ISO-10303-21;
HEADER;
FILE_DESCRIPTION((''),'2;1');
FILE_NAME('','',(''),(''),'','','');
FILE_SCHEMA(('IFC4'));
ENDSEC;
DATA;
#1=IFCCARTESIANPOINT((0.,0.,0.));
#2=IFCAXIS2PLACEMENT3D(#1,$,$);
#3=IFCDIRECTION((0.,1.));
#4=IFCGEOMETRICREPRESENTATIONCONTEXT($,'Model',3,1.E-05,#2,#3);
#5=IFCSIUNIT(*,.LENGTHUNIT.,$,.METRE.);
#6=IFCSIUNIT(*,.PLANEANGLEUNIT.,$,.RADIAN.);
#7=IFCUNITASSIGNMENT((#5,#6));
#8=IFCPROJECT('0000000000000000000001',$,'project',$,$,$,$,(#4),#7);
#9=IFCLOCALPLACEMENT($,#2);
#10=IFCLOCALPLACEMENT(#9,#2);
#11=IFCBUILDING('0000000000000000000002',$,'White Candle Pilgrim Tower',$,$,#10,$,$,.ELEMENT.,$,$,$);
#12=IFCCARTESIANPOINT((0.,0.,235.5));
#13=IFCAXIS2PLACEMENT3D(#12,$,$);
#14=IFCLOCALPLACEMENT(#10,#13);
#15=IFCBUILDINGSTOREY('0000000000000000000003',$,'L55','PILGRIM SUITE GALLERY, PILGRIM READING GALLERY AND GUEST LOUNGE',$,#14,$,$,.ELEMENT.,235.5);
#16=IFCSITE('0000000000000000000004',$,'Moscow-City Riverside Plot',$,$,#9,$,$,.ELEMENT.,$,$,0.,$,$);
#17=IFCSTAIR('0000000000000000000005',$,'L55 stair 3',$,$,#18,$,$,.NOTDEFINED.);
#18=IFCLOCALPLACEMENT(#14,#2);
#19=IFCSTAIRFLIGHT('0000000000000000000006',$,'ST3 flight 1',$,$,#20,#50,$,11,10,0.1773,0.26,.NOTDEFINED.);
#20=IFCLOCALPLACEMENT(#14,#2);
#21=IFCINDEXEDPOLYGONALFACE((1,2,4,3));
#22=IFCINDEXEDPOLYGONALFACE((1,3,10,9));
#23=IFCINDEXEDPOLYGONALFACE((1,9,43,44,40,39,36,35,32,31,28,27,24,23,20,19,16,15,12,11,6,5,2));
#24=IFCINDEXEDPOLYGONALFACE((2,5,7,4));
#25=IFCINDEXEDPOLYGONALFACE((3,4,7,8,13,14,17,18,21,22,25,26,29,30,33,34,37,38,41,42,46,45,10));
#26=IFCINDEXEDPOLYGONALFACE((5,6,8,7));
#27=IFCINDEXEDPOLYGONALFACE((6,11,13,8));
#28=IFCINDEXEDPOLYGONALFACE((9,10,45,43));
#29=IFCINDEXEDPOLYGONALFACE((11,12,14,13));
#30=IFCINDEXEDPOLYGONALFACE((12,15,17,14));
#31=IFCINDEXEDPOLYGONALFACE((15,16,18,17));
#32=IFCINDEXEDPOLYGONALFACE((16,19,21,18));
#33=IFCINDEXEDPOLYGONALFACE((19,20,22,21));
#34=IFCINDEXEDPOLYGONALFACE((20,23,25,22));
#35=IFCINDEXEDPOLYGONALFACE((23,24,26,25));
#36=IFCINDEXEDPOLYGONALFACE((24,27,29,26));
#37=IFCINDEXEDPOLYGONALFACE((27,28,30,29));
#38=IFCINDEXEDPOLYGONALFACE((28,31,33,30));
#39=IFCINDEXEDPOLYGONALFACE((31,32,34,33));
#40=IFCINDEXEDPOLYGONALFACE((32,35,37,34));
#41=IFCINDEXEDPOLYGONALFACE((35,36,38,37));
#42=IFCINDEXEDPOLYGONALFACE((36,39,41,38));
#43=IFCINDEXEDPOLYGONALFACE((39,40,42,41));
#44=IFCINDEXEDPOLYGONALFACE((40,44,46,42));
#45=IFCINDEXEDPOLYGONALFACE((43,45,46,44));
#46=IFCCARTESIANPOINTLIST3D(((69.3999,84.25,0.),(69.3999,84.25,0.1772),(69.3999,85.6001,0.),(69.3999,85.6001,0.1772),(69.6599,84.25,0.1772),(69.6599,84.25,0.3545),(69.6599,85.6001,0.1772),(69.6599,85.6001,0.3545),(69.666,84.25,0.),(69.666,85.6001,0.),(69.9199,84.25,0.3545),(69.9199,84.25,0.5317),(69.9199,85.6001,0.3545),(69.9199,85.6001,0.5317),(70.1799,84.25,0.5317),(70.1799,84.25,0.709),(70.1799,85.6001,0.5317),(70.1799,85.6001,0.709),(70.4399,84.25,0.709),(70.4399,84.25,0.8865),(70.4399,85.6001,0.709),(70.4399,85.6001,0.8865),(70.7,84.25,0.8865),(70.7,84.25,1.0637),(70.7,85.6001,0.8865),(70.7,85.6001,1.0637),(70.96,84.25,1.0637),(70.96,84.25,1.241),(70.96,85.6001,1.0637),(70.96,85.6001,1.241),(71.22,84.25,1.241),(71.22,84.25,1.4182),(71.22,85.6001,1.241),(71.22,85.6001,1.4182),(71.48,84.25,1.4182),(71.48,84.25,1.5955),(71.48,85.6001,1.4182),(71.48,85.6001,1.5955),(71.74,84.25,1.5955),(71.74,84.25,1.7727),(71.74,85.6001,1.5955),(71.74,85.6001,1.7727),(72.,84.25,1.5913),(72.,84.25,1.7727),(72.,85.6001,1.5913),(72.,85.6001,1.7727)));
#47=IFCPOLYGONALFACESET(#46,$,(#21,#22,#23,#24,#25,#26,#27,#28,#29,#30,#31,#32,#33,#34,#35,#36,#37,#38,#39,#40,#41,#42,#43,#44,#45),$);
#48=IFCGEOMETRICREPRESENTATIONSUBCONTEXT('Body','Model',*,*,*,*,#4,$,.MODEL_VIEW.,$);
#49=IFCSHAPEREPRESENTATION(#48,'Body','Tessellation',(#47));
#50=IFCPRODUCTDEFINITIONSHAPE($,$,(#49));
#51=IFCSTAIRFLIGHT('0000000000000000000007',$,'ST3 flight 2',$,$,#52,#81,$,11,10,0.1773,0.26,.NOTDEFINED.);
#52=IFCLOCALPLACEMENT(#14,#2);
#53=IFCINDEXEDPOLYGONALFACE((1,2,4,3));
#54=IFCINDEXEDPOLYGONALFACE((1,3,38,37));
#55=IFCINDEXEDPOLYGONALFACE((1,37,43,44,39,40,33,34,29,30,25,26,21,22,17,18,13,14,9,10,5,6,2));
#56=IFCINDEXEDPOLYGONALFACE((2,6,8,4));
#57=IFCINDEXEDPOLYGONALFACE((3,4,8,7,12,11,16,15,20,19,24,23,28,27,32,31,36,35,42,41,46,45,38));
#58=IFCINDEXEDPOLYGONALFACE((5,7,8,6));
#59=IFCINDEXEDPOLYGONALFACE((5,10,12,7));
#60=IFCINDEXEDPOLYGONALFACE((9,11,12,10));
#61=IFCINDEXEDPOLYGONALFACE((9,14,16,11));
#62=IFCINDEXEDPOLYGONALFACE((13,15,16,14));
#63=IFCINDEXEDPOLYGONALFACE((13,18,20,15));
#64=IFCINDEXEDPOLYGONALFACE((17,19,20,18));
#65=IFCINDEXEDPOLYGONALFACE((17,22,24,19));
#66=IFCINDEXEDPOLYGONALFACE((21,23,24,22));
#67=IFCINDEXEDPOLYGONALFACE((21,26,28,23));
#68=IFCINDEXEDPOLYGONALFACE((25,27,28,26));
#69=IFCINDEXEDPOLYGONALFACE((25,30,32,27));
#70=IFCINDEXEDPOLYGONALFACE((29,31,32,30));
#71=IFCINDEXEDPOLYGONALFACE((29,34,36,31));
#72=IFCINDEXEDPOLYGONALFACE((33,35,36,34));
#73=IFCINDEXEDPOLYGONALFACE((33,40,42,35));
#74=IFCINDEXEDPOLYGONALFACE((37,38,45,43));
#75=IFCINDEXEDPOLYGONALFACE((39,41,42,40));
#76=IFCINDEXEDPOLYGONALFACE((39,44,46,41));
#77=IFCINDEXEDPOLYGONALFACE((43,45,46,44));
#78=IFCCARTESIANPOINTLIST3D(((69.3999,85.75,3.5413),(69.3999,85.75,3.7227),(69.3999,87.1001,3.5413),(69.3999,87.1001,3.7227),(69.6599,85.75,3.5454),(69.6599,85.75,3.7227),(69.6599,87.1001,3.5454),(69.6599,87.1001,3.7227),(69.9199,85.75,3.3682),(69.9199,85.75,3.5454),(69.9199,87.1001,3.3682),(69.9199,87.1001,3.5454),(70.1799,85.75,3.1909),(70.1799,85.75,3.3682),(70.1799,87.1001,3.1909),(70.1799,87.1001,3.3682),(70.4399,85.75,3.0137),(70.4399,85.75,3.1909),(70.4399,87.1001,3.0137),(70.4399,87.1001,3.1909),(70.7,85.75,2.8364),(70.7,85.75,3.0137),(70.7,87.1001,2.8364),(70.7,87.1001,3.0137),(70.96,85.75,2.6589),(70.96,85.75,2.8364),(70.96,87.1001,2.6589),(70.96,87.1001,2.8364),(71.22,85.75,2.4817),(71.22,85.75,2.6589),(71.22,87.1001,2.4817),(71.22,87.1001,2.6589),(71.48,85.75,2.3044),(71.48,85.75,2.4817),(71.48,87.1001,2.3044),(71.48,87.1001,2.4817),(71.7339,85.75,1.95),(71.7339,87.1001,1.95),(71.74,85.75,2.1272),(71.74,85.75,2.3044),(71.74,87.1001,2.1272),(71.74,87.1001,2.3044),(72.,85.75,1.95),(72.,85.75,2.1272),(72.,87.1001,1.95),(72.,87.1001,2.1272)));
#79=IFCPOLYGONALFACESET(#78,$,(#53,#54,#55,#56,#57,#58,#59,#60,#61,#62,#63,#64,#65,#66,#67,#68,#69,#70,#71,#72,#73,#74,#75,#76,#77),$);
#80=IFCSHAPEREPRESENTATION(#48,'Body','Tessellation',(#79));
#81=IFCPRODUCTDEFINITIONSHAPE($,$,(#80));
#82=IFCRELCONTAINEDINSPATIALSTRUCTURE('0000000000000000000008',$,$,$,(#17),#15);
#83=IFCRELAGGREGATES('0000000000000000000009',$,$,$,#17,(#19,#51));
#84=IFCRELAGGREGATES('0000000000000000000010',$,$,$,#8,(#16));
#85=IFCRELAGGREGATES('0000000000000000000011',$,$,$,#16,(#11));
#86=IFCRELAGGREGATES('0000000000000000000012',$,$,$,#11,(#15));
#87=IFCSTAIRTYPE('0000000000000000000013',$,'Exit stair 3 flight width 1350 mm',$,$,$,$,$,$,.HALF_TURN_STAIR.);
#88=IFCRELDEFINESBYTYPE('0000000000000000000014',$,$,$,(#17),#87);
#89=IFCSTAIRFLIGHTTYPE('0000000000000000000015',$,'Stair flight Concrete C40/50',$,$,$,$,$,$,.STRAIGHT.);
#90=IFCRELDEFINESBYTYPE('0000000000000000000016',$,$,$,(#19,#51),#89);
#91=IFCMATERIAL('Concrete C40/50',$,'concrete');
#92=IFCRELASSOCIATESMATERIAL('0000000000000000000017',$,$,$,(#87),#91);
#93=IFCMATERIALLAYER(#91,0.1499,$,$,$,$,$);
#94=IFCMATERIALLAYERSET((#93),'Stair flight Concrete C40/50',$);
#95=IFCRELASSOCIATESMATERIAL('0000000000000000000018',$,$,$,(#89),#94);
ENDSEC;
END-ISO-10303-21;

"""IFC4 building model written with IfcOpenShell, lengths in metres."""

from ifc_helpers import new_model, si_unit, direction, frame, origin, place, context, subcontext, project, spatial, polyline, outline, extrude, material, layer, layer_set, type_object, element, aggregate, save


model = new_model("IFC4")

# Units and contexts
model_context = context("Model", 3, precision=1e-05, world=origin(), true_north=direction((0.0, 1.0)))
body_context = subcontext(model_context, "Body", "Model", "MODEL_VIEW")
ifc_project = project(units=[si_unit("LENGTHUNIT", "METRE"), si_unit("PLANEANGLEUNIT", "RADIAN")], contexts=[model_context])

# Site, building, storey
site_placement = place(None, origin())
site = spatial("IfcSite", under=ifc_project, at=site_placement, Name="Moscow-City Riverside Plot", CompositionType="ELEMENT", RefElevation=0.0)
building_placement = place(site_placement, origin())
building = spatial("IfcBuilding", under=site, at=building_placement, Name="White Candle Pilgrim Tower", CompositionType="ELEMENT")
storey_placement = place(building_placement, frame((0.0, 0.0, 235.5)))
storey = spatial("IfcBuildingStorey", under=building, at=storey_placement, Name="L55", Description="PILGRIM SUITE GALLERY, PILGRIM READING GALLERY AND GUEST LOUNGE", CompositionType="ELEMENT", Elevation=235.5)

# Stair, stair flights
ifc_material_1 = material(Name="Concrete C40/50", Category="concrete")
stair_type = type_object("IfcStairType", Name="Exit stair 3 flight width 1350 mm", PredefinedType="HALF_TURN_STAIR", material=ifc_material_1)
stair_placement = place(storey_placement, origin())
stair = element("IfcStair", 1, at=stair_placement, inside=storey, type_object=stair_type, Name="L55 stair 3", PredefinedType="NOTDEFINED")
ifc_layer_1 = layer(ifc_material_1, 0.1499)
ifc_layer_set_1 = layer_set([ifc_layer_1], Name="Stair flight Concrete C40/50")
stair_flight_type = type_object("IfcStairFlightType", Name="Stair flight Concrete C40/50", PredefinedType="STRAIGHT", material=ifc_layer_set_1)
stair_flight_1_placement = place(storey_placement, frame((69.3999, 84.925, 0.0), z_axis=(0.0, 0.0, 1.0), x_axis=(1.0, 0.0, 0.0)))
stair_flight_1 = element("IfcStairFlight", 2, at=stair_flight_1_placement, type_object=stair_flight_type, Name="ST3 flight 1", NumberOfRisers=11, NumberOfTreads=10, PredefinedType="NOTDEFINED", RiserHeight=0.1773, TreadLength=0.26, context=body_context, shape_type="SweptSolid", body=[
    extrude(outline(polyline([(0.0, 0.0), (0.0, 0.1772), (0.26, 0.1772), (0.26, 0.3545), (0.52, 0.3545), (0.52, 0.5317), (0.78, 0.5317), (0.78, 0.709), (1.04, 0.709), (1.04, 0.8865), (1.3, 0.8865), (1.3, 1.0637), (1.5601, 1.0637), (1.5601, 1.241), (1.8201, 1.241), (1.8201, 1.4182), (2.0801, 1.4182), (2.0801, 1.5955), (2.3401, 1.5955), (2.3401, 1.7727), (2.6001, 1.7727), (2.6001, 1.95), (2.6001, 1.5913), (0.2661, 0.0), (0.0, 0.0)])), frame((0.0, 0.675, 0.0), z_axis=(0.0, -1.0, 0.0), x_axis=(1.0, 0.0, 0.0)), (0.0, 0.0, 1.0), 1.3501),
])
stair_flight_2_placement = place(storey_placement, frame((72.0, 86.425, 1.95), z_axis=(0.0, 0.0, 1.0), x_axis=(-1.0, 0.0, 0.0)))
stair_flight_2 = element("IfcStairFlight", 3, at=stair_flight_2_placement, type_object=stair_flight_type, Name="ST3 flight 2", NumberOfRisers=11, NumberOfTreads=10, PredefinedType="NOTDEFINED", RiserHeight=0.1773, TreadLength=0.26, context=body_context, shape_type="SweptSolid", body=[
    extrude(outline(polyline([(0.0, 0.0), (0.0, 0.1772), (0.26, 0.1772), (0.26, 0.3545), (0.52, 0.3545), (0.52, 0.5317), (0.78, 0.5317), (0.78, 0.709), (1.04, 0.709), (1.04, 0.8865), (1.3, 0.8865), (1.3, 1.0637), (1.5601, 1.0637), (1.5601, 1.241), (1.8201, 1.241), (1.8201, 1.4182), (2.0801, 1.4182), (2.0801, 1.5955), (2.3401, 1.5955), (2.3401, 1.7727), (2.6001, 1.7727), (2.6001, 1.95), (2.6001, 1.5913), (0.2661, 0.0), (0.0, 0.0)])), frame((0.0, 0.675, 0.0), z_axis=(0.0, -1.0, 0.0), x_axis=(1.0, 0.0, 0.0)), (0.0, 0.0, 1.0), 1.3501),
])
aggregate(stair, [stair_flight_1, stair_flight_2])

save(model, "model.ifc")
